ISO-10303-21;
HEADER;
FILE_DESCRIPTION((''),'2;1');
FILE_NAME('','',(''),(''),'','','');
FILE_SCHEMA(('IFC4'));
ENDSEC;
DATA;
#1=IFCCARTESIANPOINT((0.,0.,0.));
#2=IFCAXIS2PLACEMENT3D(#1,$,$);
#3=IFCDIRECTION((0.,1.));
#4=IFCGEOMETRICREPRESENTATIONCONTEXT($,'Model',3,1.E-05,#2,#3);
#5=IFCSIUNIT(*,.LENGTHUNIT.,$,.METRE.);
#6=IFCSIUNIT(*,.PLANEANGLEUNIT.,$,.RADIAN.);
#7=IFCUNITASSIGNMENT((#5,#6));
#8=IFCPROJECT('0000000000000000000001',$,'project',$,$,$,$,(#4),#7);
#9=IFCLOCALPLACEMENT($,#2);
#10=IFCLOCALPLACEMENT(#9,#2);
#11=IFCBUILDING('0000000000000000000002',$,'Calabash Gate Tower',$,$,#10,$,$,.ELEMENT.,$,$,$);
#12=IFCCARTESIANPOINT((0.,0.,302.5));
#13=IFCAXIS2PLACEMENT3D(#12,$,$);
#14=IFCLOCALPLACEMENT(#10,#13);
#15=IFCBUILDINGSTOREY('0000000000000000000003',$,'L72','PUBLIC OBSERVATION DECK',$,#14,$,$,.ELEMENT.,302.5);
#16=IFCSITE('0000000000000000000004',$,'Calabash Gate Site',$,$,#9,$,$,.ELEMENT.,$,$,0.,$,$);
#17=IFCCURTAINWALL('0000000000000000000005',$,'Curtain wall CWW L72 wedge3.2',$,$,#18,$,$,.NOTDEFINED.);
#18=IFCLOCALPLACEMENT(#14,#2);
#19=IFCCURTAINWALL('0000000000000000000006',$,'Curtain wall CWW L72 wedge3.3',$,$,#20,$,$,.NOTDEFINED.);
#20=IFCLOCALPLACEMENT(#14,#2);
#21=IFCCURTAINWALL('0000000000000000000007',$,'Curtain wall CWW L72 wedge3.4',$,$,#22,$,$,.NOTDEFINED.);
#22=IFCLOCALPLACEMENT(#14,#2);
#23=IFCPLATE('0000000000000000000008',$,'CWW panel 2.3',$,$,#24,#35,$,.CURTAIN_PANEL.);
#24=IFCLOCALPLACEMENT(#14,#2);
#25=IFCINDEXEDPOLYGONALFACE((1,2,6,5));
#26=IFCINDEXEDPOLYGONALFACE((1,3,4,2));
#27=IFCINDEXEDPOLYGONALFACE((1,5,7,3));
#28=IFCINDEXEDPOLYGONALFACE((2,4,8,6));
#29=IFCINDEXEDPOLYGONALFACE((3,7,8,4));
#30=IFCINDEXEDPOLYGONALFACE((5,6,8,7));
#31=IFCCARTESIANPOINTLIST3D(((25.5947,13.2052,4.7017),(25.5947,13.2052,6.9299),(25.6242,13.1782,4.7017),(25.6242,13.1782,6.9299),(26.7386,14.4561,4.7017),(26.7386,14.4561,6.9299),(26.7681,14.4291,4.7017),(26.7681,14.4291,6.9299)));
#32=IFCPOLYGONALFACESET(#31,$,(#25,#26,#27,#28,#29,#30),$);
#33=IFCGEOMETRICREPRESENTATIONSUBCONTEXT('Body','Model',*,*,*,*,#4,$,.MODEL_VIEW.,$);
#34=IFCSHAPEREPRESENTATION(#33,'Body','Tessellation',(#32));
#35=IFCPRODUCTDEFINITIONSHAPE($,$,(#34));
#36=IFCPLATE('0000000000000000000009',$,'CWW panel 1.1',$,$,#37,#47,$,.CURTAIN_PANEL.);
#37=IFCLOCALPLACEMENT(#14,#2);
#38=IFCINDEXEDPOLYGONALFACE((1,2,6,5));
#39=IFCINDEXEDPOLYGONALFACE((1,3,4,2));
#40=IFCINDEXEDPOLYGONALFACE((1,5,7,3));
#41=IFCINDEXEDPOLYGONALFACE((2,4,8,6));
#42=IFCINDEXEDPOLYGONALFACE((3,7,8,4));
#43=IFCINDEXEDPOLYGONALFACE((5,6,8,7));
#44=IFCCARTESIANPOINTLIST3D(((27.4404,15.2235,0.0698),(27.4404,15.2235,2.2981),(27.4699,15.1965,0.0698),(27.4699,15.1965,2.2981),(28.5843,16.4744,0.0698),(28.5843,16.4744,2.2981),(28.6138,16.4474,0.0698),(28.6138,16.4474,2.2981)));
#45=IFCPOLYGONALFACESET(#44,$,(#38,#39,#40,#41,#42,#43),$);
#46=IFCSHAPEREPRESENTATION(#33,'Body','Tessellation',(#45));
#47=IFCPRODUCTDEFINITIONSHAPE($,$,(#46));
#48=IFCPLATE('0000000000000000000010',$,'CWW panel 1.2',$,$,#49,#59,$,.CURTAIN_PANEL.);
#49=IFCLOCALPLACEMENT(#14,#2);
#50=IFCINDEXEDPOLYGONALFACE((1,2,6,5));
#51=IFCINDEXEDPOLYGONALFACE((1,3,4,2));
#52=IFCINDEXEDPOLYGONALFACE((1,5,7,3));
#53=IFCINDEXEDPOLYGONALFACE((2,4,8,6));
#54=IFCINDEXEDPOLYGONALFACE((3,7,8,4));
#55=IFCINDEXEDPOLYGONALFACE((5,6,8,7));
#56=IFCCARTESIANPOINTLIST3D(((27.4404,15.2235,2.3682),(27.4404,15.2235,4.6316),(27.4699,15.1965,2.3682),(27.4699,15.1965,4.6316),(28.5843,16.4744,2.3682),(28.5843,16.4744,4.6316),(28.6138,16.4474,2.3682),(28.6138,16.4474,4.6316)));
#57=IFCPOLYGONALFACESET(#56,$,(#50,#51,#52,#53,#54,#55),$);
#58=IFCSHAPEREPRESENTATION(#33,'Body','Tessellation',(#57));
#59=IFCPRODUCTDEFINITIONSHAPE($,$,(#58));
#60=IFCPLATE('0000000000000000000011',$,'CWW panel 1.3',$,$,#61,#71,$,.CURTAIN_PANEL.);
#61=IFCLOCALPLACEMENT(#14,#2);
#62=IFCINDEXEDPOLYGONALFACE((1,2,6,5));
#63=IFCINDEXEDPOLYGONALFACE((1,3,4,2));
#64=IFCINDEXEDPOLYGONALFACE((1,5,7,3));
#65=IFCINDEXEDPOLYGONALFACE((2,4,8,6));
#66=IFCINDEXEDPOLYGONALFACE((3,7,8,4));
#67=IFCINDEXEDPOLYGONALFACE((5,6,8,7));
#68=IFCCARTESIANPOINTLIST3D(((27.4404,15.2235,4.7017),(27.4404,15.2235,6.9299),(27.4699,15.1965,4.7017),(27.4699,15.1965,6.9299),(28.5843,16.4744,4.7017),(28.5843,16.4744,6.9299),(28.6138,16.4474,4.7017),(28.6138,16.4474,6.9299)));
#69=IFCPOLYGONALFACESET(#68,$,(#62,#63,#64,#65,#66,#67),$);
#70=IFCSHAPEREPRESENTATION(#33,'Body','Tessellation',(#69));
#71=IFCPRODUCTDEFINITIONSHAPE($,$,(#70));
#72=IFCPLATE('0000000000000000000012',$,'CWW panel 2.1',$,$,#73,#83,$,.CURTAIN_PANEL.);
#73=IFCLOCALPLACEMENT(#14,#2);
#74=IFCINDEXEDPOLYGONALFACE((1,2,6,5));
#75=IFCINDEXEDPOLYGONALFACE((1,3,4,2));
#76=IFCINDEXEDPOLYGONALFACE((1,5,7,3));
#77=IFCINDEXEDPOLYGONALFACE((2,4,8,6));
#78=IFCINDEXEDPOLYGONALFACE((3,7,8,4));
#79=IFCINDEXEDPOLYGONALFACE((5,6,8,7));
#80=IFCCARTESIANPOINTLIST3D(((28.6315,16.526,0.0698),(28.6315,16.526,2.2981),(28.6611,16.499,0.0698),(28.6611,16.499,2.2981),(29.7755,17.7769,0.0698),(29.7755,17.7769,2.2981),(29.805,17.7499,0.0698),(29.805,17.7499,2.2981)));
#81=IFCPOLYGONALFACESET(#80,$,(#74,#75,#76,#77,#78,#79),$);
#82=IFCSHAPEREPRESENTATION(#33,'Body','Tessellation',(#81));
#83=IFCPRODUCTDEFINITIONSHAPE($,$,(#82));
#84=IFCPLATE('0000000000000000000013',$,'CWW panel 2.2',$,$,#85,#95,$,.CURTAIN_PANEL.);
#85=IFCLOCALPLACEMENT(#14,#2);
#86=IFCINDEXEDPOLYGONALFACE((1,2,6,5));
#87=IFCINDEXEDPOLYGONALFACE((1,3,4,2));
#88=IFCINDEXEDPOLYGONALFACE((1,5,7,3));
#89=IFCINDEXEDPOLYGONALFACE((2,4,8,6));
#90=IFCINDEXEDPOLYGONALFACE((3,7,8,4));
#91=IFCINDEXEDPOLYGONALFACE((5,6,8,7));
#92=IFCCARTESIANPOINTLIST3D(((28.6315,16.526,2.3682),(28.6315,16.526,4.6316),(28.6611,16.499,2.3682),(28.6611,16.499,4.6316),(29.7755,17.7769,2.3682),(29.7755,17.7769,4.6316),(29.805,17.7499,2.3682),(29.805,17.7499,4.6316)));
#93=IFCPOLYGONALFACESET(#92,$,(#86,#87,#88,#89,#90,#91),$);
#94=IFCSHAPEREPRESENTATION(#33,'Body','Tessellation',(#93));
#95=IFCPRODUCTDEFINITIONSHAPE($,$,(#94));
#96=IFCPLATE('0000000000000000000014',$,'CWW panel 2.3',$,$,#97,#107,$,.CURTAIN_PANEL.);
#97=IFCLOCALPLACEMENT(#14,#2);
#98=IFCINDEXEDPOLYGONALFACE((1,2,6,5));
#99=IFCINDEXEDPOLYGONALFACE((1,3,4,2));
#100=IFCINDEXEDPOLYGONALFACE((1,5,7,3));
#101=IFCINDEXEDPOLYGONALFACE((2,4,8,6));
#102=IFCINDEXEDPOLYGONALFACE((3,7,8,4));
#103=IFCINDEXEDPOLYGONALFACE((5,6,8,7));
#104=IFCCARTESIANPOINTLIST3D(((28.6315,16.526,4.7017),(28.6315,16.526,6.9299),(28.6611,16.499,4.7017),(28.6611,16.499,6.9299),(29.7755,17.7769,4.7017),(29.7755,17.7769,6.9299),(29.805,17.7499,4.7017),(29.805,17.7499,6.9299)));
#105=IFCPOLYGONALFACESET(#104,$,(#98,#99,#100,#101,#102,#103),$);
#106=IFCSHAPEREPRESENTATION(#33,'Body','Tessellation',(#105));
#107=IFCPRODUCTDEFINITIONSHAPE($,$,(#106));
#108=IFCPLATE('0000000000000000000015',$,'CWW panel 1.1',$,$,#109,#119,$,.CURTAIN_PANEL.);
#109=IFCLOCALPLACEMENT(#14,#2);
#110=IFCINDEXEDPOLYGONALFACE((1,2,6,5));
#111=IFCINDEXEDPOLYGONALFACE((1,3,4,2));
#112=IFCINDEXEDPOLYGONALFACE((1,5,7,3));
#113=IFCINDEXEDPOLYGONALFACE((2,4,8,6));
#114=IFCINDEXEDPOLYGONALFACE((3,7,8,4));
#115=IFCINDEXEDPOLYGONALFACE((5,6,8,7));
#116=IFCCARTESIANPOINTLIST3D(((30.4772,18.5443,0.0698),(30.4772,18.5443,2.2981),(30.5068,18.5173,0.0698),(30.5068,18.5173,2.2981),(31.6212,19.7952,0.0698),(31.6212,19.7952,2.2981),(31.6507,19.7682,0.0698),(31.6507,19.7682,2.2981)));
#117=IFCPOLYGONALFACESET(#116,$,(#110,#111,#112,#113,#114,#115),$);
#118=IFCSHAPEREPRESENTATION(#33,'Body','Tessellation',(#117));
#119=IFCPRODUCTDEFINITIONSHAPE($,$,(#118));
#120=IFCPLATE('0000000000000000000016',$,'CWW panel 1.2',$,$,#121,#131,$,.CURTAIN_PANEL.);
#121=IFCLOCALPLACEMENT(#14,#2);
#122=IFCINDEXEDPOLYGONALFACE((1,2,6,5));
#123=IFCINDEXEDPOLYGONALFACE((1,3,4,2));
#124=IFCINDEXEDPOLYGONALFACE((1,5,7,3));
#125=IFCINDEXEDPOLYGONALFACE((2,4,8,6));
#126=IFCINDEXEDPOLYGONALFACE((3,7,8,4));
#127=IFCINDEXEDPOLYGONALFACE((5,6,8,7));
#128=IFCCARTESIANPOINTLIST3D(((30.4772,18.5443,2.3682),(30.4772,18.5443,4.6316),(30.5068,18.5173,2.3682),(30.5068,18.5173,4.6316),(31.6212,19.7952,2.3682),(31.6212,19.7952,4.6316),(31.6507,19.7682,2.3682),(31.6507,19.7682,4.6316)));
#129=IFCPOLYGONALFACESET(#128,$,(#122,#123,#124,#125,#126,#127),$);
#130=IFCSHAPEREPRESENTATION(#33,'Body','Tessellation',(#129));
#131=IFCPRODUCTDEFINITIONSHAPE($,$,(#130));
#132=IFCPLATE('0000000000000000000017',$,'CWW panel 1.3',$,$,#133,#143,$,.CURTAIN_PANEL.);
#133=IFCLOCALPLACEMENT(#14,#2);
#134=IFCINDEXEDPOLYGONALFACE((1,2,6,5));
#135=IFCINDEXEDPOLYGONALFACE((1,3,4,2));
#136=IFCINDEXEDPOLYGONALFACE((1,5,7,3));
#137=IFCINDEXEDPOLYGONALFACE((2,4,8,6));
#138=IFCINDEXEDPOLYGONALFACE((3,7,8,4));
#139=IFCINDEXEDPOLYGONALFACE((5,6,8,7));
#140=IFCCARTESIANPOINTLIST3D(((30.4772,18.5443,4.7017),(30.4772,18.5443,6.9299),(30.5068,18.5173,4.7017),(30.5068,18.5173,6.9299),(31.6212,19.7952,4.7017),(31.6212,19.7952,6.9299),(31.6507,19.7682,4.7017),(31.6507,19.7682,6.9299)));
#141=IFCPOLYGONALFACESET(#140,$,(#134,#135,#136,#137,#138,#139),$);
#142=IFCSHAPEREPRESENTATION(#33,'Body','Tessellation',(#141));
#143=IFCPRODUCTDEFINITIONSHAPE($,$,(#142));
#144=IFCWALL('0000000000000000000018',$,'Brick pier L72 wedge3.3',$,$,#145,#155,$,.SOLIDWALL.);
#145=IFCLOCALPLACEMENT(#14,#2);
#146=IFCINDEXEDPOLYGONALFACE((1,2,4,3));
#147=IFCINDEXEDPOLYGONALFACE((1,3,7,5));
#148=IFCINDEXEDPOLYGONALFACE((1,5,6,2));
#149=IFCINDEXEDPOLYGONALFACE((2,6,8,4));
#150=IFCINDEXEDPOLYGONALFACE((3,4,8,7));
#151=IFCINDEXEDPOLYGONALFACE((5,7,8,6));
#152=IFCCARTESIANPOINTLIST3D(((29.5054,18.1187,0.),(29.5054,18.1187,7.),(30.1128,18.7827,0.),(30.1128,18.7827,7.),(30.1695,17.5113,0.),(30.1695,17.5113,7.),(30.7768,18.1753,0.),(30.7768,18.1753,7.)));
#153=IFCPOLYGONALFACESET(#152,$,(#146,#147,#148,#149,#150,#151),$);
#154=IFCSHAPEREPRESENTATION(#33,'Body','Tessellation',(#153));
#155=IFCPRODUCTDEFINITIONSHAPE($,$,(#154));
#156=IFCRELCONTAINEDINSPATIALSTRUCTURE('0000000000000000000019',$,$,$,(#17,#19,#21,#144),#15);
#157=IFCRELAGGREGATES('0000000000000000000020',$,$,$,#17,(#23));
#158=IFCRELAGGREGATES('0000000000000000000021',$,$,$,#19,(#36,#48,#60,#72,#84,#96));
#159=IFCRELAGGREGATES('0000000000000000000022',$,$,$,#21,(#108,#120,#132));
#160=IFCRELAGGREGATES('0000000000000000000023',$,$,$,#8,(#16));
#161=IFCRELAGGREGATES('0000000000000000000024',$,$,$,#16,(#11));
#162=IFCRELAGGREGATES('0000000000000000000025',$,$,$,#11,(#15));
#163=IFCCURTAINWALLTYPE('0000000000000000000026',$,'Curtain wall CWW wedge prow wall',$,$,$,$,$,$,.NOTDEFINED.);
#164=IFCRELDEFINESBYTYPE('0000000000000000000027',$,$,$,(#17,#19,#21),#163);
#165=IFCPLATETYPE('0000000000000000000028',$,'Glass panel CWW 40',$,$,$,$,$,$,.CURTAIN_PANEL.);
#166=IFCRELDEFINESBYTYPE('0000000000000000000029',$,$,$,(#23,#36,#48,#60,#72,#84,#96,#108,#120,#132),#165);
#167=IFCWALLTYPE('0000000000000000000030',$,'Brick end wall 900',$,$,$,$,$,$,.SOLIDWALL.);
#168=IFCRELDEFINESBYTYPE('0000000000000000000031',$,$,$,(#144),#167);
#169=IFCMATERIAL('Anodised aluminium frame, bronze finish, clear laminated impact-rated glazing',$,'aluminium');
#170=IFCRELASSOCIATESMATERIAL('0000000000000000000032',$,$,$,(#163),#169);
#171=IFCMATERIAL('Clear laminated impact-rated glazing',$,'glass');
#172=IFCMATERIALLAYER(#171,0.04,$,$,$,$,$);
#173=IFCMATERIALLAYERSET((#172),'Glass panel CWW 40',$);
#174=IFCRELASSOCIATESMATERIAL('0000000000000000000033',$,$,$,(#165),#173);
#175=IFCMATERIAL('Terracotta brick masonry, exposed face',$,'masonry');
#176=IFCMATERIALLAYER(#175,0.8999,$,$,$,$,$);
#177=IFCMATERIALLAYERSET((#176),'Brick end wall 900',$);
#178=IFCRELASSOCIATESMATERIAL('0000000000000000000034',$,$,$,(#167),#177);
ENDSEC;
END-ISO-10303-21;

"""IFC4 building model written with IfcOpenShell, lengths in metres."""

from ifc_helpers import new_model, si_unit, direction, frame, frame_2d, origin, origin_2d, place, context, subcontext, project, spatial, rectangle, extrude, material, layer, layer_set, type_object, element, aggregate, save


model = new_model("IFC4")

# Units and contexts
model_context = context("Model", 3, precision=1e-05, world=origin(), true_north=direction((0.0, 1.0)))
body_context = subcontext(model_context, "Body", "Model", "MODEL_VIEW")
ifc_project = project(units=[si_unit("LENGTHUNIT", "METRE"), si_unit("PLANEANGLEUNIT", "RADIAN")], contexts=[model_context])

# Site, building, storey
site_placement = place(None, origin())
site = spatial("IfcSite", under=ifc_project, at=site_placement, Name="Calabash Gate Site", CompositionType="ELEMENT", RefElevation=0.0)
building_placement = place(site_placement, origin())
building = spatial("IfcBuilding", under=site, at=building_placement, Name="Calabash Gate Tower", CompositionType="ELEMENT")
storey_placement = place(building_placement, frame((0.0, 0.0, 302.5)))
storey = spatial("IfcBuildingStorey", under=building, at=storey_placement, Name="L72", Description="PUBLIC OBSERVATION DECK", CompositionType="ELEMENT", Elevation=302.5)

# Curtain wall
ifc_material_1 = material(Name="Anodised aluminium frame, bronze finish, clear laminated impact-rated glazing", Category="aluminium")
curtain_wall_type = type_object("IfcCurtainWallType", Name="Curtain wall CWW wedge prow wall", PredefinedType="NOTDEFINED", material=ifc_material_1)
curtain_wall_1_placement = place(storey_placement, origin())
curtain_wall_1 = element("IfcCurtainWall", 1, at=curtain_wall_1_placement, inside=storey, type_object=curtain_wall_type, Name="Curtain wall CWW L72 wedge3.2", PredefinedType="NOTDEFINED")

# Curtain walls
curtain_wall_2_placement = place(storey_placement, origin())
curtain_wall_2 = element("IfcCurtainWall", 2, at=curtain_wall_2_placement, inside=storey, type_object=curtain_wall_type, Name="Curtain wall CWW L72 wedge3.3", PredefinedType="NOTDEFINED")
curtain_wall_3_placement = place(storey_placement, origin())
curtain_wall_3 = element("IfcCurtainWall", 3, at=curtain_wall_3_placement, inside=storey, type_object=curtain_wall_type, Name="Curtain wall CWW L72 wedge3.4", PredefinedType="NOTDEFINED")

# Plates
ifc_material_2 = material(Name="Clear laminated impact-rated glazing", Category="glass")
ifc_layer_1 = layer(ifc_material_2, 0.04)
ifc_layer_set_1 = layer_set([ifc_layer_1], Name="Glass panel CWW 40")
plate_type = type_object("IfcPlateType", Name="Glass panel CWW 40", PredefinedType="CURTAIN_PANEL", material=ifc_layer_set_1)
plate_1_placement = place(storey_placement, frame((26.1814, 13.8171, 4.7017), z_axis=(0.0, 0.0, 1.0), x_axis=(0.674856, 0.737949, 0.0)))
plate_1 = element("IfcPlate", 4, at=plate_1_placement, type_object=plate_type, Name="CWW panel 2.3", PredefinedType="CURTAIN_PANEL", context=body_context, shape_type="SweptSolid", body=[
    extrude(rectangle(XDim=1.6951, YDim=0.04, at=origin_2d()), origin(), (0.0, 0.0, 1.0), 2.2283),
])
aggregate(curtain_wall_1, [plate_1])
plate_2_placement = place(storey_placement, frame((28.0271, 15.8354, 0.0698), z_axis=(0.0, 0.0, 1.0), x_axis=(0.674856, 0.737949, 0.0)))
plate_2 = element("IfcPlate", 5, at=plate_2_placement, type_object=plate_type, Name="CWW panel 1.1", PredefinedType="CURTAIN_PANEL", context=body_context, shape_type="SweptSolid", body=[
    extrude(rectangle(XDim=1.6951, YDim=0.04, at=origin_2d()), origin(), (0.0, 0.0, 1.0), 2.2283),
])
plate_3_placement = place(storey_placement, frame((28.0271, 15.8354, 2.3682), z_axis=(0.0, 0.0, 1.0), x_axis=(0.674856, 0.737949, 0.0)))
plate_3 = element("IfcPlate", 6, at=plate_3_placement, type_object=plate_type, Name="CWW panel 1.2", PredefinedType="CURTAIN_PANEL", context=body_context, shape_type="SweptSolid", body=[
    extrude(rectangle(XDim=1.6951, YDim=0.04, at=origin_2d()), origin(), (0.0, 0.0, 1.0), 2.2634),
])
plate_4_placement = place(storey_placement, frame((28.0271, 15.8354, 4.7017), z_axis=(0.0, 0.0, 1.0), x_axis=(0.674856, 0.737949, 0.0)))
plate_4 = element("IfcPlate", 7, at=plate_4_placement, type_object=plate_type, Name="CWW panel 1.3", PredefinedType="CURTAIN_PANEL", context=body_context, shape_type="SweptSolid", body=[
    extrude(rectangle(XDim=1.6951, YDim=0.04, at=origin_2d()), origin(), (0.0, 0.0, 1.0), 2.2283),
])
plate_5_placement = place(storey_placement, frame((29.2183, 17.1379, 0.0698), z_axis=(0.0, 0.0, 1.0), x_axis=(0.674856, 0.737949, 0.0)))
plate_5 = element("IfcPlate", 8, at=plate_5_placement, type_object=plate_type, Name="CWW panel 2.1", PredefinedType="CURTAIN_PANEL", context=body_context, shape_type="SweptSolid", body=[
    extrude(rectangle(XDim=1.6951, YDim=0.04, at=origin_2d()), origin(), (0.0, 0.0, 1.0), 2.2283),
])
plate_6_placement = place(storey_placement, frame((29.2183, 17.1379, 2.3682), z_axis=(0.0, 0.0, 1.0), x_axis=(0.674856, 0.737949, 0.0)))
plate_6 = element("IfcPlate", 9, at=plate_6_placement, type_object=plate_type, Name="CWW panel 2.2", PredefinedType="CURTAIN_PANEL", context=body_context, shape_type="SweptSolid", body=[
    extrude(rectangle(XDim=1.6951, YDim=0.04, at=origin_2d()), origin(), (0.0, 0.0, 1.0), 2.2634),
])
plate_7_placement = place(storey_placement, frame((29.2183, 17.1379, 4.7017), z_axis=(0.0, 0.0, 1.0), x_axis=(0.674856, 0.737949, 0.0)))
plate_7 = element("IfcPlate", 10, at=plate_7_placement, type_object=plate_type, Name="CWW panel 2.3", PredefinedType="CURTAIN_PANEL", context=body_context, shape_type="SweptSolid", body=[
    extrude(rectangle(XDim=1.6951, YDim=0.04, at=origin_2d()), origin(), (0.0, 0.0, 1.0), 2.2283),
])
aggregate(curtain_wall_2, [plate_2, plate_3, plate_4, plate_5, plate_6, plate_7])
plate_8_placement = place(storey_placement, frame((31.064, 19.1562, 0.0698), z_axis=(0.0, 0.0, 1.0), x_axis=(0.674856, 0.737949, 0.0)))
plate_8 = element("IfcPlate", 11, at=plate_8_placement, type_object=plate_type, Name="CWW panel 1.1", PredefinedType="CURTAIN_PANEL", context=body_context, shape_type="SweptSolid", body=[
    extrude(rectangle(XDim=1.6951, YDim=0.04, at=origin_2d()), origin(), (0.0, 0.0, 1.0), 2.2283),
])
plate_9_placement = place(storey_placement, frame((31.064, 19.1562, 2.3682), z_axis=(0.0, 0.0, 1.0), x_axis=(0.674856, 0.737949, 0.0)))
plate_9 = element("IfcPlate", 12, at=plate_9_placement, type_object=plate_type, Name="CWW panel 1.2", PredefinedType="CURTAIN_PANEL", context=body_context, shape_type="SweptSolid", body=[
    extrude(rectangle(XDim=1.6951, YDim=0.04, at=origin_2d()), origin(), (0.0, 0.0, 1.0), 2.2634),
])
plate_10_placement = place(storey_placement, frame((31.064, 19.1562, 4.7017), z_axis=(0.0, 0.0, 1.0), x_axis=(0.674856, 0.737949, 0.0)))
plate_10 = element("IfcPlate", 13, at=plate_10_placement, type_object=plate_type, Name="CWW panel 1.3", PredefinedType="CURTAIN_PANEL", context=body_context, shape_type="SweptSolid", body=[
    extrude(rectangle(XDim=1.6951, YDim=0.04, at=origin_2d()), origin(), (0.0, 0.0, 1.0), 2.2283),
])
aggregate(curtain_wall_3, [plate_8, plate_9, plate_10])

# Wall
ifc_material_3 = material(Name="Terracotta brick masonry, exposed face", Category="masonry")
ifc_layer_2 = layer(ifc_material_3, 0.8999)
ifc_layer_set_2 = layer_set([ifc_layer_2], Name="Brick end wall 900")
wall_type = type_object("IfcWallType", Name="Brick end wall 900", PredefinedType="SOLIDWALL", material=ifc_layer_set_2)
wall_placement = place(storey_placement, frame((30.4448, 18.479, 0.0), z_axis=(0.0, 0.0, 1.0), x_axis=(-0.674938, -0.737874, 0.0)))
element("IfcWall", 14, at=wall_placement, inside=storey, type_object=wall_type, Name="Brick pier L72 wedge3.3", PredefinedType="SOLIDWALL", context=body_context, shape_type="SweptSolid", body=[
    extrude(rectangle(XDim=0.8999, YDim=0.8999, at=frame_2d((0.45, 0.0))), origin(), (0.0, 0.0, 1.0), 7.0),
])

save(model, "model.ifc")
